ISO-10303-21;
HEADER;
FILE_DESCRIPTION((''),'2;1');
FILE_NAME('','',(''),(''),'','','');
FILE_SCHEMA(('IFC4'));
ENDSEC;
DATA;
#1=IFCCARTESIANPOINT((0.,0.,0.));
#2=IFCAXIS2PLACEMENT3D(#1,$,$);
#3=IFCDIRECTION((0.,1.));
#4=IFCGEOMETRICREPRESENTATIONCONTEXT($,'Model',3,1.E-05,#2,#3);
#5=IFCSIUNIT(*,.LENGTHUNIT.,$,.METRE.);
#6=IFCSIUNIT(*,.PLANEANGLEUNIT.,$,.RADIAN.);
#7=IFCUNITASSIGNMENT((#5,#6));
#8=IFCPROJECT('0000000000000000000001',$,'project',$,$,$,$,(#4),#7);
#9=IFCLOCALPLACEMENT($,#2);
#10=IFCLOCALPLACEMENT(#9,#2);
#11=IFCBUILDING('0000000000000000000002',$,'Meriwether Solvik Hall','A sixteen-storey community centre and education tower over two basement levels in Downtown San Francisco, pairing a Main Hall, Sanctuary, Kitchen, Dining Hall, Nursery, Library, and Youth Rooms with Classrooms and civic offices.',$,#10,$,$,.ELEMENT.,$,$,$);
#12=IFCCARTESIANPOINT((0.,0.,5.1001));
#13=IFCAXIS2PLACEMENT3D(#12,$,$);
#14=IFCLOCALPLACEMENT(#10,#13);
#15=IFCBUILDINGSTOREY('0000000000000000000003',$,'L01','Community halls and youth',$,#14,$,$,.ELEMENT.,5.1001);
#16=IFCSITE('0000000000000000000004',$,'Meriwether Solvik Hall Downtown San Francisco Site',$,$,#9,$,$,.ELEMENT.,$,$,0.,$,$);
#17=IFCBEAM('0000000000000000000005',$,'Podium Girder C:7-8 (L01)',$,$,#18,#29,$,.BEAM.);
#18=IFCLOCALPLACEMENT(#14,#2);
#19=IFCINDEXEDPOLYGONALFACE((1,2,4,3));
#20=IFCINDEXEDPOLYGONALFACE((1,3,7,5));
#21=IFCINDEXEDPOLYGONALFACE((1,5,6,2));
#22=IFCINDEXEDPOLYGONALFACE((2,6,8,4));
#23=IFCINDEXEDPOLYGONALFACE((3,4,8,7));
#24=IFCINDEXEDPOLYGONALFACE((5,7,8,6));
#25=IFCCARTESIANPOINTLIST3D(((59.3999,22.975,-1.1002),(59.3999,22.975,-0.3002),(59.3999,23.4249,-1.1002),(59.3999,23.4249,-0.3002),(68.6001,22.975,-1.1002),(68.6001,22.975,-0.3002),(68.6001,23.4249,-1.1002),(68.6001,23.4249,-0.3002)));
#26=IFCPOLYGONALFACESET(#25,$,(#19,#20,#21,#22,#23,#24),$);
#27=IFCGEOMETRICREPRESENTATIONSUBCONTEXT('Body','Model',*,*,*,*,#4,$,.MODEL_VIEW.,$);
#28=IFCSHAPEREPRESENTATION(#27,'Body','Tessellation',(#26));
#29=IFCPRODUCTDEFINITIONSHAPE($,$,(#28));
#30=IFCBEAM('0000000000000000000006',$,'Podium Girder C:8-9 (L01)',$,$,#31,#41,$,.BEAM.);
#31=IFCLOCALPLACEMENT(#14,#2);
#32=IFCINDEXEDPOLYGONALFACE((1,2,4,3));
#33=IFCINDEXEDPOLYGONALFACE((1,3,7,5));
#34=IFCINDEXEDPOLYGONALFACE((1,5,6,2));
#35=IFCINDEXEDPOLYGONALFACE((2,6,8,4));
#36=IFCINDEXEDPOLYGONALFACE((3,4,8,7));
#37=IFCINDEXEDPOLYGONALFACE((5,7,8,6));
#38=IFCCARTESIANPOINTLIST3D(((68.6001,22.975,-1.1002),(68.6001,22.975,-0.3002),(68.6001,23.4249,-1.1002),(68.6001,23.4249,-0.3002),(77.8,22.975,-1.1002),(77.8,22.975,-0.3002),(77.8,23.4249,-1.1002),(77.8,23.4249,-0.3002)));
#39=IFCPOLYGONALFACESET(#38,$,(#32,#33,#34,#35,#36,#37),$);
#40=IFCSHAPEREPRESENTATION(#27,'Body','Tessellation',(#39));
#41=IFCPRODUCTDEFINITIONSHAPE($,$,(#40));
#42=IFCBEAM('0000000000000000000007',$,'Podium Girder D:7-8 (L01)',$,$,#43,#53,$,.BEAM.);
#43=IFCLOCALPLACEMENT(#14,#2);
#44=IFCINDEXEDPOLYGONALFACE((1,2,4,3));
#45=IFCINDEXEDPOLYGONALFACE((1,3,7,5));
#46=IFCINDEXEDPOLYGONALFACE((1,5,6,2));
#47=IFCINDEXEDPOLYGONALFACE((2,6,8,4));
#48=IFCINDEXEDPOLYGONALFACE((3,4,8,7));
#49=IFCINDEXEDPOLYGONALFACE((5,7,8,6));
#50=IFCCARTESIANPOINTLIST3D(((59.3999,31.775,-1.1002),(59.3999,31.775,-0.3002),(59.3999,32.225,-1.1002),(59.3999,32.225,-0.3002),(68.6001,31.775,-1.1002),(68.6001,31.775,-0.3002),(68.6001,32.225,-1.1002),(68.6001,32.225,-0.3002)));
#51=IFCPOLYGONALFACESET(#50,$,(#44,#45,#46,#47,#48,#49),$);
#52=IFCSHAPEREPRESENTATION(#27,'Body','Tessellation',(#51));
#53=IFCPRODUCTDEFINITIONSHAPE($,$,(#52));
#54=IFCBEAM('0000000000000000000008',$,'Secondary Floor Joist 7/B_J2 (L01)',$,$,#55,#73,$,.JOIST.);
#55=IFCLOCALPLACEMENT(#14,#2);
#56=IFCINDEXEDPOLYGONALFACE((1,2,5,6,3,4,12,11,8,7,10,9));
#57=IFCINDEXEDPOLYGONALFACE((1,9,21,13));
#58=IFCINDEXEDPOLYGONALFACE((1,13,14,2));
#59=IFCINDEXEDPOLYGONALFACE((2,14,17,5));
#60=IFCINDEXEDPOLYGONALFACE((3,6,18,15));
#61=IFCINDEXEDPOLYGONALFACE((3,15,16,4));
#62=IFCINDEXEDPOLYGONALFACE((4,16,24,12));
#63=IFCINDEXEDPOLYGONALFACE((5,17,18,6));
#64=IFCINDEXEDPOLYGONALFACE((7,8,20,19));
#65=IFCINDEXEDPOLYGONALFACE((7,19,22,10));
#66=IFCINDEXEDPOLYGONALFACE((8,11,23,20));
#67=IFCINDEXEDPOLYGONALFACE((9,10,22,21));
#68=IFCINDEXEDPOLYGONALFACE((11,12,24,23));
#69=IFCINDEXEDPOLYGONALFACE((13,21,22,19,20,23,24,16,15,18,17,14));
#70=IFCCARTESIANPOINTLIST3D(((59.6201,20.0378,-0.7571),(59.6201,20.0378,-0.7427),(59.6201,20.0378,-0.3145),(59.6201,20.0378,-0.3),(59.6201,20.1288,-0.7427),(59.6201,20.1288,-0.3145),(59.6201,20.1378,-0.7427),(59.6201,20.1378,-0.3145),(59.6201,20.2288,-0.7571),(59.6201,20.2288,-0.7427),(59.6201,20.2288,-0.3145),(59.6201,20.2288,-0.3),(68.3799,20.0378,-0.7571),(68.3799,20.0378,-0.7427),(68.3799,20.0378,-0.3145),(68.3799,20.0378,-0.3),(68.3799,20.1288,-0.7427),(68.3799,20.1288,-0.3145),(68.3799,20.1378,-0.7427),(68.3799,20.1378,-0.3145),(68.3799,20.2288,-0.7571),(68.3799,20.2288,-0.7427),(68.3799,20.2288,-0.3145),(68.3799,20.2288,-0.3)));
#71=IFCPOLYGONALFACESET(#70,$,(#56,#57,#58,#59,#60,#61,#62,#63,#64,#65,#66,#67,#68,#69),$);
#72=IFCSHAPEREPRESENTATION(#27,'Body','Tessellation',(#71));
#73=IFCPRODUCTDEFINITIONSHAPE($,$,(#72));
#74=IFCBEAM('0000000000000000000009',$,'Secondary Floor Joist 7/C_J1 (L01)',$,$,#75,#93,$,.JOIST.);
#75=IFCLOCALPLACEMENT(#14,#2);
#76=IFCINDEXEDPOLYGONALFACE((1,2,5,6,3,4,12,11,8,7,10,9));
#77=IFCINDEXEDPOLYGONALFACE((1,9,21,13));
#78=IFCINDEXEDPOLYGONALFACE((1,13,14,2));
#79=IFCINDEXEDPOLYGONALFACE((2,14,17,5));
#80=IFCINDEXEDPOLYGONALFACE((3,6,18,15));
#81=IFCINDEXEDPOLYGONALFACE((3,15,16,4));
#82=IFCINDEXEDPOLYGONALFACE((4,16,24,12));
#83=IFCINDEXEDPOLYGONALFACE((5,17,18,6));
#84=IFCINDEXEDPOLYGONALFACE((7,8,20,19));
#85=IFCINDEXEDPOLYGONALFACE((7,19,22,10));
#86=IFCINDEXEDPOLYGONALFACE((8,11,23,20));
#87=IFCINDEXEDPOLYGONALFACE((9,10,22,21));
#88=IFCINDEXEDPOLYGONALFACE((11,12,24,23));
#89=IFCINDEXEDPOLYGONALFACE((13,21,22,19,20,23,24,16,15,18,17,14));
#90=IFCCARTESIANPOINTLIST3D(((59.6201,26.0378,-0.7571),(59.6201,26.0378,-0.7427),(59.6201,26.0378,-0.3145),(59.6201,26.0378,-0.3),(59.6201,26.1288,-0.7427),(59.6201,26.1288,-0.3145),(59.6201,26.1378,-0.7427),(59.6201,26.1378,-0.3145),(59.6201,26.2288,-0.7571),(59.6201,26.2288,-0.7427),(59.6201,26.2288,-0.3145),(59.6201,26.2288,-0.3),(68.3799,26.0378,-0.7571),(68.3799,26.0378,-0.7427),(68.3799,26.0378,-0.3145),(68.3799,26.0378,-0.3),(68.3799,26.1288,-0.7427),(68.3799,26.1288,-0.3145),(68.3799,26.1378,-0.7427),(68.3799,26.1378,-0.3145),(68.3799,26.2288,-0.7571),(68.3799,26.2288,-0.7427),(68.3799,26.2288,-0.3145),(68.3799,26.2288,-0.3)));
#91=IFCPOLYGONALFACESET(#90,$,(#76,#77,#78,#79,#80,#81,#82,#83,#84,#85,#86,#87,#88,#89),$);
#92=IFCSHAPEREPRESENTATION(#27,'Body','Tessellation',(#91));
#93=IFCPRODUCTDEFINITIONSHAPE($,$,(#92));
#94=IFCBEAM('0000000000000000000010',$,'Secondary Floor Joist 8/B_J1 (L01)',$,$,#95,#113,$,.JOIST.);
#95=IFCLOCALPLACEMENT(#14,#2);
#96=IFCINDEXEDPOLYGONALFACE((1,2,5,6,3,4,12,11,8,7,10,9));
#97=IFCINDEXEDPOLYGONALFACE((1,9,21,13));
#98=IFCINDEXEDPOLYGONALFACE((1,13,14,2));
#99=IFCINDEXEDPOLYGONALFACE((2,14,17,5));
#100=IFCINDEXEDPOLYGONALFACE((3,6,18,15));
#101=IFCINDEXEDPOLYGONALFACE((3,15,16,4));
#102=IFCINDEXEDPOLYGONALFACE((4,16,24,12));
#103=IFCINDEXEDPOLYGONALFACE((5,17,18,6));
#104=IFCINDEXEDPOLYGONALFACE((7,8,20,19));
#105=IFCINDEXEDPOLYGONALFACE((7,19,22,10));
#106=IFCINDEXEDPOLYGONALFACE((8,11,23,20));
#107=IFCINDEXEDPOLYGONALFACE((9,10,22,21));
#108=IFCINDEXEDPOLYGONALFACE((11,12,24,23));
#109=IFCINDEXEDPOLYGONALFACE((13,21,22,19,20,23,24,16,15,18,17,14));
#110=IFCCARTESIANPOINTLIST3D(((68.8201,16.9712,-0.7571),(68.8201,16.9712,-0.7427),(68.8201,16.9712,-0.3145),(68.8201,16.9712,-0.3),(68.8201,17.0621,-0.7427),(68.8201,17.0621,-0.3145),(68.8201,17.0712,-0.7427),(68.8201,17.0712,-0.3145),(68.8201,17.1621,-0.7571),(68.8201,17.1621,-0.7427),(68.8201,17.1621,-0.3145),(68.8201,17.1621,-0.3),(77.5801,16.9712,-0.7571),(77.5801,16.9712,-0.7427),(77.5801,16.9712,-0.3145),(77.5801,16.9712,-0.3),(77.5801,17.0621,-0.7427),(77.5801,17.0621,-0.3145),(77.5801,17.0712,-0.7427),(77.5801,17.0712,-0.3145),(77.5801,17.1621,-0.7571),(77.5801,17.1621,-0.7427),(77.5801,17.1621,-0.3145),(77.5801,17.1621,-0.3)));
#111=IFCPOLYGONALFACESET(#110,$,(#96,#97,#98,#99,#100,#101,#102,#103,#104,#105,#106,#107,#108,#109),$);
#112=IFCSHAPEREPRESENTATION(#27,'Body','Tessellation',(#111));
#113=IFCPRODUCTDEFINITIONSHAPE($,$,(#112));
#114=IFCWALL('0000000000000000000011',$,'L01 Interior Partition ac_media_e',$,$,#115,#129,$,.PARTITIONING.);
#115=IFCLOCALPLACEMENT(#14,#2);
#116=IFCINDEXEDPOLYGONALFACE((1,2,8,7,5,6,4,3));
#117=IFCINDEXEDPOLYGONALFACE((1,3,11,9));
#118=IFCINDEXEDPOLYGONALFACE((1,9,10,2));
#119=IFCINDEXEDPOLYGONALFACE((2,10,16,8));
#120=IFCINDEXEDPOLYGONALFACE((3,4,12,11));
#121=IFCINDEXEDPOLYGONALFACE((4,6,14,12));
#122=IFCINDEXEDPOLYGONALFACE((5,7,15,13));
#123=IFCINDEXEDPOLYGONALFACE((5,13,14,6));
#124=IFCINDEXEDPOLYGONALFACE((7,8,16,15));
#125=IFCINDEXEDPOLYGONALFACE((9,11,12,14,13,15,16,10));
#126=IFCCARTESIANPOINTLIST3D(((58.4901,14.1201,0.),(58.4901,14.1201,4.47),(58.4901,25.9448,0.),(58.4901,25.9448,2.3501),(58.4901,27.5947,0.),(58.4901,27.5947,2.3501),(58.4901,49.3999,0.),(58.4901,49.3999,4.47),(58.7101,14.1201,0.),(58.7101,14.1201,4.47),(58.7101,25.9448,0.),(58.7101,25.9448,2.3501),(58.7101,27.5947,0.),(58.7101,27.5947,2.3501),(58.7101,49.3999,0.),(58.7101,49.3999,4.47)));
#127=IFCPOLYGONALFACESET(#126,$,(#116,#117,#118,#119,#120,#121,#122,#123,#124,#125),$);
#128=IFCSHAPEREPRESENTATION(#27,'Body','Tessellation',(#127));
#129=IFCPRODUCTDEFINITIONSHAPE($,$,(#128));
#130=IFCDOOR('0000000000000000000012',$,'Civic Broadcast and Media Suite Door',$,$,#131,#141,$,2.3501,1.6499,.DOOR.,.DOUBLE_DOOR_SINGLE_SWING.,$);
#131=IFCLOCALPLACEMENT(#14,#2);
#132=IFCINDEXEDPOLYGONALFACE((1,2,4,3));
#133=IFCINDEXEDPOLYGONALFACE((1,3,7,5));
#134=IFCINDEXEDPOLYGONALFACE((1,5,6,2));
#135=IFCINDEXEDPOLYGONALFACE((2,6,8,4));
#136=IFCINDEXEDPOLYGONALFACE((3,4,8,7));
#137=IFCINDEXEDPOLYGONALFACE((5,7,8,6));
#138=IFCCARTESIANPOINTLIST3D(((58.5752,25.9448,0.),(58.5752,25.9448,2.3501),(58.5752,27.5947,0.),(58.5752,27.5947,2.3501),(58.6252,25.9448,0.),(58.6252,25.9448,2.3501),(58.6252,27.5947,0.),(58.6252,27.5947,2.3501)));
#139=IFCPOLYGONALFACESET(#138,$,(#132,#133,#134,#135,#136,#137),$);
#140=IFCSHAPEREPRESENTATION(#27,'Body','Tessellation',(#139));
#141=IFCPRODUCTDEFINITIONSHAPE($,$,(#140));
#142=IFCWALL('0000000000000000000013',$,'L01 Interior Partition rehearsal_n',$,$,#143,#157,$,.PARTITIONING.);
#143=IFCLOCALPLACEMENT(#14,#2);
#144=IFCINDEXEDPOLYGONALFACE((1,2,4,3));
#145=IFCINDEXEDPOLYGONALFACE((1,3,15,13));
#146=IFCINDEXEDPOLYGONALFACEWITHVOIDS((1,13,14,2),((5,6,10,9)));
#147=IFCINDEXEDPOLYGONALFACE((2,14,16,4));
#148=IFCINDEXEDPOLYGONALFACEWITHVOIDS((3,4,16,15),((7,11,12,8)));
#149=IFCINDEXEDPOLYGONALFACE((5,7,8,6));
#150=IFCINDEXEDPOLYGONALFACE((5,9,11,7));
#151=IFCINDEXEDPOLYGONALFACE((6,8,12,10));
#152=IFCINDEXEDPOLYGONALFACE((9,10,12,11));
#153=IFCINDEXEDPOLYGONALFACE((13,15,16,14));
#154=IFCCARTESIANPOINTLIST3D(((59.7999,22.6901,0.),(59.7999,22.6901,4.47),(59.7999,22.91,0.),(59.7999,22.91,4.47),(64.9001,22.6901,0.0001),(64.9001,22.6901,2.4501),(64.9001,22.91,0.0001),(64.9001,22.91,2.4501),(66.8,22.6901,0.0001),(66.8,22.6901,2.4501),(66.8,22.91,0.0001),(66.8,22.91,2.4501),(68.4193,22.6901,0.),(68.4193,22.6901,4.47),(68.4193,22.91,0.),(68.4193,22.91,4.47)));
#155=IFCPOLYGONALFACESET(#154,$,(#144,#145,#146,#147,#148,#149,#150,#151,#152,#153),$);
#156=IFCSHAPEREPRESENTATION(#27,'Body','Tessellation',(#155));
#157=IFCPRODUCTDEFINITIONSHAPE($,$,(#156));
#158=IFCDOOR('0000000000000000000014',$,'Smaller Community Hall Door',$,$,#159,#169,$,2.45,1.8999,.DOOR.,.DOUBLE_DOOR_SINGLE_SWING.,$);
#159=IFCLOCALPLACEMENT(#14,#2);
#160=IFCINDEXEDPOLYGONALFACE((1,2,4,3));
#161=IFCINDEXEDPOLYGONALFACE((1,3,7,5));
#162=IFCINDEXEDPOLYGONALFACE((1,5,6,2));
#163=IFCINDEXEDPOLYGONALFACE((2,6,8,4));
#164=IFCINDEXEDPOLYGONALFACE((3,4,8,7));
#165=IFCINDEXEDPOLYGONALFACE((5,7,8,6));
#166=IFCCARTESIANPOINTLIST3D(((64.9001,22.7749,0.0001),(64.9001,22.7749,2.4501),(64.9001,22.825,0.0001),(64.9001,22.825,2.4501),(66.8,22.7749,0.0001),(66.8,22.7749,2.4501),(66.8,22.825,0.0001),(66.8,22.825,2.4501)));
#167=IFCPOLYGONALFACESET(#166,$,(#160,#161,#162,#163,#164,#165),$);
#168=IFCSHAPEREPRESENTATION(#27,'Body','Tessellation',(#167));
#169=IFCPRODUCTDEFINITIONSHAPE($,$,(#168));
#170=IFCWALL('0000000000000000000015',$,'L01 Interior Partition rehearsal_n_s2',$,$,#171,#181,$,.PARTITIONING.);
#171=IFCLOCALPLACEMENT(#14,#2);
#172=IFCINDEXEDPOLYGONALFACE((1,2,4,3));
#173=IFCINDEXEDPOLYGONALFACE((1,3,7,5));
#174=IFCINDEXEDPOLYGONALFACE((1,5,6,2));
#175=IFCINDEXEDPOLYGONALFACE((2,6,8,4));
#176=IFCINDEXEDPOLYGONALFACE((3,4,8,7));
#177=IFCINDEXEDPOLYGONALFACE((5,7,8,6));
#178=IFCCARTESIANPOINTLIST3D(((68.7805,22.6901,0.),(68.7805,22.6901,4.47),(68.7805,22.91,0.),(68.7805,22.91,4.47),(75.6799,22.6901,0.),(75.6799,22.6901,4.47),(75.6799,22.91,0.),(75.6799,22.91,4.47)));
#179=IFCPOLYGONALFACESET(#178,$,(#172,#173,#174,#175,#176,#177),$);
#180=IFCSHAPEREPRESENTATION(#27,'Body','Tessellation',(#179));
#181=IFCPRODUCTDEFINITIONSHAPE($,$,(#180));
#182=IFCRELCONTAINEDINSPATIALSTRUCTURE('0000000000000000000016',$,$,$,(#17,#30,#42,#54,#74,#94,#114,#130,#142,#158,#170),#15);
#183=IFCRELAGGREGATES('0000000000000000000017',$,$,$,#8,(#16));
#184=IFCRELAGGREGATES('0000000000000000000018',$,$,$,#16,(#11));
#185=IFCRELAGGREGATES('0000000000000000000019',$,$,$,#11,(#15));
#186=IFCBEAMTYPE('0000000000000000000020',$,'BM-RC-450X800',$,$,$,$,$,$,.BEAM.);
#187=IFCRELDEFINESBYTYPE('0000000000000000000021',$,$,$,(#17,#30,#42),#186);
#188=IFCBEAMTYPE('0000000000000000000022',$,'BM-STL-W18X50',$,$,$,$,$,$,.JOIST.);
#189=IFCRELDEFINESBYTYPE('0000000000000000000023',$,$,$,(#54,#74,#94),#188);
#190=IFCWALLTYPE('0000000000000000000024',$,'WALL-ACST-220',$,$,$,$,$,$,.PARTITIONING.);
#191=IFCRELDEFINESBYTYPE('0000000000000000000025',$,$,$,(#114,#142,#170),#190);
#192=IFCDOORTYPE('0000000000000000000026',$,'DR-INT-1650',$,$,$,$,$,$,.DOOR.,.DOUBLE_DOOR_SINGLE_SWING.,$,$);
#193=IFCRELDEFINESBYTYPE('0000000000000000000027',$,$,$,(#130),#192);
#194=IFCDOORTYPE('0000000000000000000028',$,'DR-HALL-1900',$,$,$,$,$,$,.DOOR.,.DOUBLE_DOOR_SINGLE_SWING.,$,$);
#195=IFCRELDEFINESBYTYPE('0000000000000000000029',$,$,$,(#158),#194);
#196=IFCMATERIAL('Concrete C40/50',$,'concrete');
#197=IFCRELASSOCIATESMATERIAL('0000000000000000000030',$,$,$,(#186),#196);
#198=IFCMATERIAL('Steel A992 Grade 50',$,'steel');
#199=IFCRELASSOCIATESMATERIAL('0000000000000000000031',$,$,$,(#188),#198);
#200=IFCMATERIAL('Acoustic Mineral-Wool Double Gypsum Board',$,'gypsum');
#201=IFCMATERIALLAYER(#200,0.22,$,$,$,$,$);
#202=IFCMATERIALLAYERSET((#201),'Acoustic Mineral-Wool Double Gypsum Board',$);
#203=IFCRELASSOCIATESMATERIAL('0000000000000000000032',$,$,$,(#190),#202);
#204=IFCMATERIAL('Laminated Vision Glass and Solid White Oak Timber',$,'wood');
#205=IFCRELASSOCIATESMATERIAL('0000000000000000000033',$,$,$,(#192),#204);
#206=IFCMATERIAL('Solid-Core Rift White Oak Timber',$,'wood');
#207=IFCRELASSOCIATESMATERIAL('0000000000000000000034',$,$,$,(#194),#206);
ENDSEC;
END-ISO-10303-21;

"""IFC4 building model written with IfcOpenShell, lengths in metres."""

from ifc_helpers import new_model, si_unit, direction, frame, frame_2d, origin, origin_2d, place, context, subcontext, project, spatial, rectangle, i_section, extrude, material, layer, layer_set, material_profile, profile_set, type_object, element, fill, save


model = new_model("IFC4")

# Units and contexts
model_context = context("Model", 3, precision=1e-05, world=origin(), true_north=direction((0.0, 1.0)))
body_context = subcontext(model_context, "Body", "Model", "MODEL_VIEW")
ifc_project = project(units=[si_unit("LENGTHUNIT", "METRE"), si_unit("PLANEANGLEUNIT", "RADIAN")], contexts=[model_context])

# Site, building, storey
site_placement = place(None, origin())
site = spatial("IfcSite", under=ifc_project, at=site_placement, Name="Meriwether Solvik Hall Downtown San Francisco Site", CompositionType="ELEMENT", RefElevation=0.0)
building_placement = place(site_placement, origin())
building = spatial("IfcBuilding", under=site, at=building_placement, Name="Meriwether Solvik Hall", Description="A sixteen-storey community centre and education tower over two basement levels in Downtown San Francisco, pairing a Main Hall, Sanctuary, Kitchen, Dining Hall, Nursery, Library, and Youth Rooms with Classrooms and civic offices.", CompositionType="ELEMENT")
storey_placement = place(building_placement, frame((0.0, 0.0, 5.1001)))
storey = spatial("IfcBuildingStorey", under=building, at=storey_placement, Name="L01", Description="Community halls and youth", CompositionType="ELEMENT", Elevation=5.1001)

# Beams
ifc_material_1 = material(Name="Concrete C40/50", Category="concrete")
ifc_material_profile_1 = material_profile(ifc_material_1, rectangle(XDim=0.45, YDim=0.8, at=origin_2d()), Name="RCB-450X800")
ifc_profile_set_1 = profile_set([ifc_material_profile_1], Name="Concrete C40/50")
beam_type_1 = type_object("IfcBeamType", Name="BM-RC-450X800", PredefinedType="BEAM", material=ifc_profile_set_1)
beam_1_placement = place(storey_placement, frame((59.3999, 23.2, -0.7002), z_axis=(1.0, 0.0, 0.0), x_axis=(0.0, 1.0, 0.0)))
element("IfcBeam", 1, at=beam_1_placement, inside=storey, type_object=beam_type_1, Name="Podium Girder C:7-8 (L01)", PredefinedType="BEAM", context=body_context, shape_type="SweptSolid", body=[
    extrude(rectangle(XDim=0.45, YDim=0.8, at=origin_2d()), origin(), (0.0, 0.0, 1.0), 9.2002),
])
beam_2_placement = place(storey_placement, frame((68.6001, 23.2, -0.7002), z_axis=(1.0, 0.0, 0.0), x_axis=(0.0, 1.0, 0.0)))
element("IfcBeam", 2, at=beam_2_placement, inside=storey, type_object=beam_type_1, Name="Podium Girder C:8-9 (L01)", PredefinedType="BEAM", context=body_context, shape_type="SweptSolid", body=[
    extrude(rectangle(XDim=0.45, YDim=0.8, at=origin_2d()), origin(), (0.0, 0.0, 1.0), 9.2),
])
beam_3_placement = place(storey_placement, frame((59.3999, 32.0, -0.7002), z_axis=(1.0, 0.0, 0.0), x_axis=(0.0, 1.0, 0.0)))
element("IfcBeam", 3, at=beam_3_placement, inside=storey, type_object=beam_type_1, Name="Podium Girder D:7-8 (L01)", PredefinedType="BEAM", context=body_context, shape_type="SweptSolid", body=[
    extrude(rectangle(XDim=0.45, YDim=0.8, at=origin_2d()), origin(), (0.0, 0.0, 1.0), 9.2002),
])
ifc_material_2 = material(Name="Steel A992 Grade 50", Category="steel")
ifc_material_profile_2 = material_profile(ifc_material_2, i_section(OverallWidth=0.1909, OverallDepth=0.457, WebThickness=0.009, FlangeThickness=0.0144, at=origin_2d()), Name="W18X50")
ifc_profile_set_2 = profile_set([ifc_material_profile_2], Name="Steel A992 Grade 50")
beam_type_2 = type_object("IfcBeamType", Name="BM-STL-W18X50", PredefinedType="JOIST", material=ifc_profile_set_2)
for number, where, z_axis, x_axis, name in (
    (4, (59.6201, 20.1333, -0.5286), (1.0, 0.0, 0.0), (0.0, 1.0, 0.0), "Secondary Floor Joist 7/B_J2 (L01)"),
    (5, (59.6201, 26.1333, -0.5286), (1.0, 0.0, 0.0), (0.0, 1.0, 0.0), "Secondary Floor Joist 7/C_J1 (L01)"),
):
    element("IfcBeam", number, at=place(storey_placement, frame(where, z_axis=z_axis, x_axis=x_axis)), inside=storey, type_object=beam_type_2, Name=name, PredefinedType="JOIST", context=body_context, shape_type="SweptSolid", body=[
        extrude(i_section(OverallWidth=0.1909, OverallDepth=0.457, WebThickness=0.009, FlangeThickness=0.0144, at=origin_2d()), origin(), (0.0, 0.0, 1.0), 8.7598),
    ])
beam_4_placement = place(storey_placement, frame((68.8201, 17.0667, -0.5286), z_axis=(1.0, 0.0, 0.0), x_axis=(0.0, 1.0, 0.0)))
element("IfcBeam", 6, at=beam_4_placement, inside=storey, type_object=beam_type_2, Name="Secondary Floor Joist 8/B_J1 (L01)", PredefinedType="JOIST", context=body_context, shape_type="SweptSolid", body=[
    extrude(i_section(OverallWidth=0.1909, OverallDepth=0.457, WebThickness=0.009, FlangeThickness=0.0144, at=origin_2d()), origin(), (0.0, 0.0, 1.0), 8.76),
])

# Walls, openings, doors
ifc_material_3 = material(Name="Acoustic Mineral-Wool Double Gypsum Board", Category="gypsum")
ifc_layer_1 = layer(ifc_material_3, 0.22)
ifc_layer_set_1 = layer_set([ifc_layer_1], Name="Acoustic Mineral-Wool Double Gypsum Board")
wall_type = type_object("IfcWallType", Name="WALL-ACST-220", PredefinedType="PARTITIONING", material=ifc_layer_set_1)
wall_1_placement = place(storey_placement, frame((58.6001, 14.1201, 0.0), z_axis=(0.0, 0.0, 1.0), x_axis=(0.0, 1.0, 0.0)))
wall_1 = element("IfcWall", 7, at=wall_1_placement, inside=storey, type_object=wall_type, Name="L01 Interior Partition ac_media_e", PredefinedType="PARTITIONING", context=body_context, shape_type="SweptSolid", body=[
    extrude(rectangle(XDim=35.2798, YDim=0.22, at=frame_2d((17.6399, 0.0))), origin(), (0.0, 0.0, 1.0), 4.47),
])
opening_1_placement = place(wall_1_placement, frame((11.8247, 0.0, 0.0)))
opening_1 = element("IfcOpeningElement", 8, at=opening_1_placement, cuts=wall_1, PredefinedType="OPENING", context=body_context, shape_type="SweptSolid", body=[
    extrude(rectangle(XDim=1.6499, YDim=2.3501, at=frame_2d((0.825, 1.175))), frame((0.0, 0.1221, 0.0), z_axis=(0.0, -1.0, 0.0), x_axis=(1.0, 0.0, 0.0)), (0.0, 0.0, 1.0), 0.2439),
])
ifc_material_4 = material(Name="Laminated Vision Glass and Solid White Oak Timber", Category="wood")
door_type_1 = type_object("IfcDoorType", Name="DR-INT-1650", OperationType="DOUBLE_DOOR_SINGLE_SWING", PredefinedType="DOOR", material=ifc_material_4)
door_1_placement = place(opening_1_placement, origin())
door_1 = element("IfcDoor", 9, at=door_1_placement, inside=storey, type_object=door_type_1, Name="Civic Broadcast and Media Suite Door", OperationType="DOUBLE_DOOR_SINGLE_SWING", OverallHeight=2.3501, OverallWidth=1.6499, PredefinedType="DOOR", context=body_context, shape_type="SweptSolid", body=[
    extrude(rectangle(XDim=1.6499, YDim=2.3501, at=frame_2d((0.825, 1.175))), frame((0.0, 0.0249, 0.0), z_axis=(0.0, -1.0, 0.0), x_axis=(1.0, 0.0, 0.0)), (0.0, 0.0, 1.0), 0.05),
])
fill(opening_1, door_1)
wall_2_placement = place(storey_placement, frame((59.8, 22.8, 0.0), z_axis=(0.0, 0.0, 1.0), x_axis=(1.0, 0.0, 0.0)))
wall_2 = element("IfcWall", 10, at=wall_2_placement, inside=storey, type_object=wall_type, Name="L01 Interior Partition rehearsal_n", PredefinedType="PARTITIONING", context=body_context, shape_type="SweptSolid", body=[
    extrude(rectangle(XDim=8.6194, YDim=0.22, at=frame_2d((4.3096, 0.0))), origin(), (0.0, 0.0, 1.0), 4.47),
])
opening_2_placement = place(wall_2_placement, frame((5.1001, 0.0, 0.0)))
opening_2 = element("IfcOpeningElement", 11, at=opening_2_placement, cuts=wall_2, PredefinedType="OPENING", context=body_context, shape_type="SweptSolid", body=[
    extrude(rectangle(XDim=1.8999, YDim=2.45, at=frame_2d((0.95, 1.2251))), frame((0.0, 0.1221, 0.0), z_axis=(0.0, -1.0, 0.0), x_axis=(1.0, 0.0, 0.0)), (0.0, 0.0, 1.0), 0.2439),
])
ifc_material_5 = material(Name="Solid-Core Rift White Oak Timber", Category="wood")
door_type_2 = type_object("IfcDoorType", Name="DR-HALL-1900", OperationType="DOUBLE_DOOR_SINGLE_SWING", PredefinedType="DOOR", material=ifc_material_5)
door_2_placement = place(opening_2_placement, origin())
door_2 = element("IfcDoor", 12, at=door_2_placement, inside=storey, type_object=door_type_2, Name="Smaller Community Hall Door", OperationType="DOUBLE_DOOR_SINGLE_SWING", OverallHeight=2.45, OverallWidth=1.8999, PredefinedType="DOOR", context=body_context, shape_type="SweptSolid", body=[
    extrude(rectangle(XDim=1.8999, YDim=2.45, at=frame_2d((0.95, 1.2251))), frame((0.0, 0.0249, 0.0), z_axis=(0.0, -1.0, 0.0), x_axis=(1.0, 0.0, 0.0)), (0.0, 0.0, 1.0), 0.05),
])
fill(opening_2, door_2)

# Wall
wall_3_placement = place(storey_placement, frame((68.7805, 22.8, 0.0), z_axis=(0.0, 0.0, 1.0), x_axis=(1.0, 0.0, 0.0)))
element("IfcWall", 13, at=wall_3_placement, inside=storey, type_object=wall_type, Name="L01 Interior Partition rehearsal_n_s2", PredefinedType="PARTITIONING", context=body_context, shape_type="SweptSolid", body=[
    extrude(rectangle(XDim=6.8994, YDim=0.22, at=frame_2d((3.4497, 0.0))), origin(), (0.0, 0.0, 1.0), 4.47),
])

save(model, "model.ifc")
